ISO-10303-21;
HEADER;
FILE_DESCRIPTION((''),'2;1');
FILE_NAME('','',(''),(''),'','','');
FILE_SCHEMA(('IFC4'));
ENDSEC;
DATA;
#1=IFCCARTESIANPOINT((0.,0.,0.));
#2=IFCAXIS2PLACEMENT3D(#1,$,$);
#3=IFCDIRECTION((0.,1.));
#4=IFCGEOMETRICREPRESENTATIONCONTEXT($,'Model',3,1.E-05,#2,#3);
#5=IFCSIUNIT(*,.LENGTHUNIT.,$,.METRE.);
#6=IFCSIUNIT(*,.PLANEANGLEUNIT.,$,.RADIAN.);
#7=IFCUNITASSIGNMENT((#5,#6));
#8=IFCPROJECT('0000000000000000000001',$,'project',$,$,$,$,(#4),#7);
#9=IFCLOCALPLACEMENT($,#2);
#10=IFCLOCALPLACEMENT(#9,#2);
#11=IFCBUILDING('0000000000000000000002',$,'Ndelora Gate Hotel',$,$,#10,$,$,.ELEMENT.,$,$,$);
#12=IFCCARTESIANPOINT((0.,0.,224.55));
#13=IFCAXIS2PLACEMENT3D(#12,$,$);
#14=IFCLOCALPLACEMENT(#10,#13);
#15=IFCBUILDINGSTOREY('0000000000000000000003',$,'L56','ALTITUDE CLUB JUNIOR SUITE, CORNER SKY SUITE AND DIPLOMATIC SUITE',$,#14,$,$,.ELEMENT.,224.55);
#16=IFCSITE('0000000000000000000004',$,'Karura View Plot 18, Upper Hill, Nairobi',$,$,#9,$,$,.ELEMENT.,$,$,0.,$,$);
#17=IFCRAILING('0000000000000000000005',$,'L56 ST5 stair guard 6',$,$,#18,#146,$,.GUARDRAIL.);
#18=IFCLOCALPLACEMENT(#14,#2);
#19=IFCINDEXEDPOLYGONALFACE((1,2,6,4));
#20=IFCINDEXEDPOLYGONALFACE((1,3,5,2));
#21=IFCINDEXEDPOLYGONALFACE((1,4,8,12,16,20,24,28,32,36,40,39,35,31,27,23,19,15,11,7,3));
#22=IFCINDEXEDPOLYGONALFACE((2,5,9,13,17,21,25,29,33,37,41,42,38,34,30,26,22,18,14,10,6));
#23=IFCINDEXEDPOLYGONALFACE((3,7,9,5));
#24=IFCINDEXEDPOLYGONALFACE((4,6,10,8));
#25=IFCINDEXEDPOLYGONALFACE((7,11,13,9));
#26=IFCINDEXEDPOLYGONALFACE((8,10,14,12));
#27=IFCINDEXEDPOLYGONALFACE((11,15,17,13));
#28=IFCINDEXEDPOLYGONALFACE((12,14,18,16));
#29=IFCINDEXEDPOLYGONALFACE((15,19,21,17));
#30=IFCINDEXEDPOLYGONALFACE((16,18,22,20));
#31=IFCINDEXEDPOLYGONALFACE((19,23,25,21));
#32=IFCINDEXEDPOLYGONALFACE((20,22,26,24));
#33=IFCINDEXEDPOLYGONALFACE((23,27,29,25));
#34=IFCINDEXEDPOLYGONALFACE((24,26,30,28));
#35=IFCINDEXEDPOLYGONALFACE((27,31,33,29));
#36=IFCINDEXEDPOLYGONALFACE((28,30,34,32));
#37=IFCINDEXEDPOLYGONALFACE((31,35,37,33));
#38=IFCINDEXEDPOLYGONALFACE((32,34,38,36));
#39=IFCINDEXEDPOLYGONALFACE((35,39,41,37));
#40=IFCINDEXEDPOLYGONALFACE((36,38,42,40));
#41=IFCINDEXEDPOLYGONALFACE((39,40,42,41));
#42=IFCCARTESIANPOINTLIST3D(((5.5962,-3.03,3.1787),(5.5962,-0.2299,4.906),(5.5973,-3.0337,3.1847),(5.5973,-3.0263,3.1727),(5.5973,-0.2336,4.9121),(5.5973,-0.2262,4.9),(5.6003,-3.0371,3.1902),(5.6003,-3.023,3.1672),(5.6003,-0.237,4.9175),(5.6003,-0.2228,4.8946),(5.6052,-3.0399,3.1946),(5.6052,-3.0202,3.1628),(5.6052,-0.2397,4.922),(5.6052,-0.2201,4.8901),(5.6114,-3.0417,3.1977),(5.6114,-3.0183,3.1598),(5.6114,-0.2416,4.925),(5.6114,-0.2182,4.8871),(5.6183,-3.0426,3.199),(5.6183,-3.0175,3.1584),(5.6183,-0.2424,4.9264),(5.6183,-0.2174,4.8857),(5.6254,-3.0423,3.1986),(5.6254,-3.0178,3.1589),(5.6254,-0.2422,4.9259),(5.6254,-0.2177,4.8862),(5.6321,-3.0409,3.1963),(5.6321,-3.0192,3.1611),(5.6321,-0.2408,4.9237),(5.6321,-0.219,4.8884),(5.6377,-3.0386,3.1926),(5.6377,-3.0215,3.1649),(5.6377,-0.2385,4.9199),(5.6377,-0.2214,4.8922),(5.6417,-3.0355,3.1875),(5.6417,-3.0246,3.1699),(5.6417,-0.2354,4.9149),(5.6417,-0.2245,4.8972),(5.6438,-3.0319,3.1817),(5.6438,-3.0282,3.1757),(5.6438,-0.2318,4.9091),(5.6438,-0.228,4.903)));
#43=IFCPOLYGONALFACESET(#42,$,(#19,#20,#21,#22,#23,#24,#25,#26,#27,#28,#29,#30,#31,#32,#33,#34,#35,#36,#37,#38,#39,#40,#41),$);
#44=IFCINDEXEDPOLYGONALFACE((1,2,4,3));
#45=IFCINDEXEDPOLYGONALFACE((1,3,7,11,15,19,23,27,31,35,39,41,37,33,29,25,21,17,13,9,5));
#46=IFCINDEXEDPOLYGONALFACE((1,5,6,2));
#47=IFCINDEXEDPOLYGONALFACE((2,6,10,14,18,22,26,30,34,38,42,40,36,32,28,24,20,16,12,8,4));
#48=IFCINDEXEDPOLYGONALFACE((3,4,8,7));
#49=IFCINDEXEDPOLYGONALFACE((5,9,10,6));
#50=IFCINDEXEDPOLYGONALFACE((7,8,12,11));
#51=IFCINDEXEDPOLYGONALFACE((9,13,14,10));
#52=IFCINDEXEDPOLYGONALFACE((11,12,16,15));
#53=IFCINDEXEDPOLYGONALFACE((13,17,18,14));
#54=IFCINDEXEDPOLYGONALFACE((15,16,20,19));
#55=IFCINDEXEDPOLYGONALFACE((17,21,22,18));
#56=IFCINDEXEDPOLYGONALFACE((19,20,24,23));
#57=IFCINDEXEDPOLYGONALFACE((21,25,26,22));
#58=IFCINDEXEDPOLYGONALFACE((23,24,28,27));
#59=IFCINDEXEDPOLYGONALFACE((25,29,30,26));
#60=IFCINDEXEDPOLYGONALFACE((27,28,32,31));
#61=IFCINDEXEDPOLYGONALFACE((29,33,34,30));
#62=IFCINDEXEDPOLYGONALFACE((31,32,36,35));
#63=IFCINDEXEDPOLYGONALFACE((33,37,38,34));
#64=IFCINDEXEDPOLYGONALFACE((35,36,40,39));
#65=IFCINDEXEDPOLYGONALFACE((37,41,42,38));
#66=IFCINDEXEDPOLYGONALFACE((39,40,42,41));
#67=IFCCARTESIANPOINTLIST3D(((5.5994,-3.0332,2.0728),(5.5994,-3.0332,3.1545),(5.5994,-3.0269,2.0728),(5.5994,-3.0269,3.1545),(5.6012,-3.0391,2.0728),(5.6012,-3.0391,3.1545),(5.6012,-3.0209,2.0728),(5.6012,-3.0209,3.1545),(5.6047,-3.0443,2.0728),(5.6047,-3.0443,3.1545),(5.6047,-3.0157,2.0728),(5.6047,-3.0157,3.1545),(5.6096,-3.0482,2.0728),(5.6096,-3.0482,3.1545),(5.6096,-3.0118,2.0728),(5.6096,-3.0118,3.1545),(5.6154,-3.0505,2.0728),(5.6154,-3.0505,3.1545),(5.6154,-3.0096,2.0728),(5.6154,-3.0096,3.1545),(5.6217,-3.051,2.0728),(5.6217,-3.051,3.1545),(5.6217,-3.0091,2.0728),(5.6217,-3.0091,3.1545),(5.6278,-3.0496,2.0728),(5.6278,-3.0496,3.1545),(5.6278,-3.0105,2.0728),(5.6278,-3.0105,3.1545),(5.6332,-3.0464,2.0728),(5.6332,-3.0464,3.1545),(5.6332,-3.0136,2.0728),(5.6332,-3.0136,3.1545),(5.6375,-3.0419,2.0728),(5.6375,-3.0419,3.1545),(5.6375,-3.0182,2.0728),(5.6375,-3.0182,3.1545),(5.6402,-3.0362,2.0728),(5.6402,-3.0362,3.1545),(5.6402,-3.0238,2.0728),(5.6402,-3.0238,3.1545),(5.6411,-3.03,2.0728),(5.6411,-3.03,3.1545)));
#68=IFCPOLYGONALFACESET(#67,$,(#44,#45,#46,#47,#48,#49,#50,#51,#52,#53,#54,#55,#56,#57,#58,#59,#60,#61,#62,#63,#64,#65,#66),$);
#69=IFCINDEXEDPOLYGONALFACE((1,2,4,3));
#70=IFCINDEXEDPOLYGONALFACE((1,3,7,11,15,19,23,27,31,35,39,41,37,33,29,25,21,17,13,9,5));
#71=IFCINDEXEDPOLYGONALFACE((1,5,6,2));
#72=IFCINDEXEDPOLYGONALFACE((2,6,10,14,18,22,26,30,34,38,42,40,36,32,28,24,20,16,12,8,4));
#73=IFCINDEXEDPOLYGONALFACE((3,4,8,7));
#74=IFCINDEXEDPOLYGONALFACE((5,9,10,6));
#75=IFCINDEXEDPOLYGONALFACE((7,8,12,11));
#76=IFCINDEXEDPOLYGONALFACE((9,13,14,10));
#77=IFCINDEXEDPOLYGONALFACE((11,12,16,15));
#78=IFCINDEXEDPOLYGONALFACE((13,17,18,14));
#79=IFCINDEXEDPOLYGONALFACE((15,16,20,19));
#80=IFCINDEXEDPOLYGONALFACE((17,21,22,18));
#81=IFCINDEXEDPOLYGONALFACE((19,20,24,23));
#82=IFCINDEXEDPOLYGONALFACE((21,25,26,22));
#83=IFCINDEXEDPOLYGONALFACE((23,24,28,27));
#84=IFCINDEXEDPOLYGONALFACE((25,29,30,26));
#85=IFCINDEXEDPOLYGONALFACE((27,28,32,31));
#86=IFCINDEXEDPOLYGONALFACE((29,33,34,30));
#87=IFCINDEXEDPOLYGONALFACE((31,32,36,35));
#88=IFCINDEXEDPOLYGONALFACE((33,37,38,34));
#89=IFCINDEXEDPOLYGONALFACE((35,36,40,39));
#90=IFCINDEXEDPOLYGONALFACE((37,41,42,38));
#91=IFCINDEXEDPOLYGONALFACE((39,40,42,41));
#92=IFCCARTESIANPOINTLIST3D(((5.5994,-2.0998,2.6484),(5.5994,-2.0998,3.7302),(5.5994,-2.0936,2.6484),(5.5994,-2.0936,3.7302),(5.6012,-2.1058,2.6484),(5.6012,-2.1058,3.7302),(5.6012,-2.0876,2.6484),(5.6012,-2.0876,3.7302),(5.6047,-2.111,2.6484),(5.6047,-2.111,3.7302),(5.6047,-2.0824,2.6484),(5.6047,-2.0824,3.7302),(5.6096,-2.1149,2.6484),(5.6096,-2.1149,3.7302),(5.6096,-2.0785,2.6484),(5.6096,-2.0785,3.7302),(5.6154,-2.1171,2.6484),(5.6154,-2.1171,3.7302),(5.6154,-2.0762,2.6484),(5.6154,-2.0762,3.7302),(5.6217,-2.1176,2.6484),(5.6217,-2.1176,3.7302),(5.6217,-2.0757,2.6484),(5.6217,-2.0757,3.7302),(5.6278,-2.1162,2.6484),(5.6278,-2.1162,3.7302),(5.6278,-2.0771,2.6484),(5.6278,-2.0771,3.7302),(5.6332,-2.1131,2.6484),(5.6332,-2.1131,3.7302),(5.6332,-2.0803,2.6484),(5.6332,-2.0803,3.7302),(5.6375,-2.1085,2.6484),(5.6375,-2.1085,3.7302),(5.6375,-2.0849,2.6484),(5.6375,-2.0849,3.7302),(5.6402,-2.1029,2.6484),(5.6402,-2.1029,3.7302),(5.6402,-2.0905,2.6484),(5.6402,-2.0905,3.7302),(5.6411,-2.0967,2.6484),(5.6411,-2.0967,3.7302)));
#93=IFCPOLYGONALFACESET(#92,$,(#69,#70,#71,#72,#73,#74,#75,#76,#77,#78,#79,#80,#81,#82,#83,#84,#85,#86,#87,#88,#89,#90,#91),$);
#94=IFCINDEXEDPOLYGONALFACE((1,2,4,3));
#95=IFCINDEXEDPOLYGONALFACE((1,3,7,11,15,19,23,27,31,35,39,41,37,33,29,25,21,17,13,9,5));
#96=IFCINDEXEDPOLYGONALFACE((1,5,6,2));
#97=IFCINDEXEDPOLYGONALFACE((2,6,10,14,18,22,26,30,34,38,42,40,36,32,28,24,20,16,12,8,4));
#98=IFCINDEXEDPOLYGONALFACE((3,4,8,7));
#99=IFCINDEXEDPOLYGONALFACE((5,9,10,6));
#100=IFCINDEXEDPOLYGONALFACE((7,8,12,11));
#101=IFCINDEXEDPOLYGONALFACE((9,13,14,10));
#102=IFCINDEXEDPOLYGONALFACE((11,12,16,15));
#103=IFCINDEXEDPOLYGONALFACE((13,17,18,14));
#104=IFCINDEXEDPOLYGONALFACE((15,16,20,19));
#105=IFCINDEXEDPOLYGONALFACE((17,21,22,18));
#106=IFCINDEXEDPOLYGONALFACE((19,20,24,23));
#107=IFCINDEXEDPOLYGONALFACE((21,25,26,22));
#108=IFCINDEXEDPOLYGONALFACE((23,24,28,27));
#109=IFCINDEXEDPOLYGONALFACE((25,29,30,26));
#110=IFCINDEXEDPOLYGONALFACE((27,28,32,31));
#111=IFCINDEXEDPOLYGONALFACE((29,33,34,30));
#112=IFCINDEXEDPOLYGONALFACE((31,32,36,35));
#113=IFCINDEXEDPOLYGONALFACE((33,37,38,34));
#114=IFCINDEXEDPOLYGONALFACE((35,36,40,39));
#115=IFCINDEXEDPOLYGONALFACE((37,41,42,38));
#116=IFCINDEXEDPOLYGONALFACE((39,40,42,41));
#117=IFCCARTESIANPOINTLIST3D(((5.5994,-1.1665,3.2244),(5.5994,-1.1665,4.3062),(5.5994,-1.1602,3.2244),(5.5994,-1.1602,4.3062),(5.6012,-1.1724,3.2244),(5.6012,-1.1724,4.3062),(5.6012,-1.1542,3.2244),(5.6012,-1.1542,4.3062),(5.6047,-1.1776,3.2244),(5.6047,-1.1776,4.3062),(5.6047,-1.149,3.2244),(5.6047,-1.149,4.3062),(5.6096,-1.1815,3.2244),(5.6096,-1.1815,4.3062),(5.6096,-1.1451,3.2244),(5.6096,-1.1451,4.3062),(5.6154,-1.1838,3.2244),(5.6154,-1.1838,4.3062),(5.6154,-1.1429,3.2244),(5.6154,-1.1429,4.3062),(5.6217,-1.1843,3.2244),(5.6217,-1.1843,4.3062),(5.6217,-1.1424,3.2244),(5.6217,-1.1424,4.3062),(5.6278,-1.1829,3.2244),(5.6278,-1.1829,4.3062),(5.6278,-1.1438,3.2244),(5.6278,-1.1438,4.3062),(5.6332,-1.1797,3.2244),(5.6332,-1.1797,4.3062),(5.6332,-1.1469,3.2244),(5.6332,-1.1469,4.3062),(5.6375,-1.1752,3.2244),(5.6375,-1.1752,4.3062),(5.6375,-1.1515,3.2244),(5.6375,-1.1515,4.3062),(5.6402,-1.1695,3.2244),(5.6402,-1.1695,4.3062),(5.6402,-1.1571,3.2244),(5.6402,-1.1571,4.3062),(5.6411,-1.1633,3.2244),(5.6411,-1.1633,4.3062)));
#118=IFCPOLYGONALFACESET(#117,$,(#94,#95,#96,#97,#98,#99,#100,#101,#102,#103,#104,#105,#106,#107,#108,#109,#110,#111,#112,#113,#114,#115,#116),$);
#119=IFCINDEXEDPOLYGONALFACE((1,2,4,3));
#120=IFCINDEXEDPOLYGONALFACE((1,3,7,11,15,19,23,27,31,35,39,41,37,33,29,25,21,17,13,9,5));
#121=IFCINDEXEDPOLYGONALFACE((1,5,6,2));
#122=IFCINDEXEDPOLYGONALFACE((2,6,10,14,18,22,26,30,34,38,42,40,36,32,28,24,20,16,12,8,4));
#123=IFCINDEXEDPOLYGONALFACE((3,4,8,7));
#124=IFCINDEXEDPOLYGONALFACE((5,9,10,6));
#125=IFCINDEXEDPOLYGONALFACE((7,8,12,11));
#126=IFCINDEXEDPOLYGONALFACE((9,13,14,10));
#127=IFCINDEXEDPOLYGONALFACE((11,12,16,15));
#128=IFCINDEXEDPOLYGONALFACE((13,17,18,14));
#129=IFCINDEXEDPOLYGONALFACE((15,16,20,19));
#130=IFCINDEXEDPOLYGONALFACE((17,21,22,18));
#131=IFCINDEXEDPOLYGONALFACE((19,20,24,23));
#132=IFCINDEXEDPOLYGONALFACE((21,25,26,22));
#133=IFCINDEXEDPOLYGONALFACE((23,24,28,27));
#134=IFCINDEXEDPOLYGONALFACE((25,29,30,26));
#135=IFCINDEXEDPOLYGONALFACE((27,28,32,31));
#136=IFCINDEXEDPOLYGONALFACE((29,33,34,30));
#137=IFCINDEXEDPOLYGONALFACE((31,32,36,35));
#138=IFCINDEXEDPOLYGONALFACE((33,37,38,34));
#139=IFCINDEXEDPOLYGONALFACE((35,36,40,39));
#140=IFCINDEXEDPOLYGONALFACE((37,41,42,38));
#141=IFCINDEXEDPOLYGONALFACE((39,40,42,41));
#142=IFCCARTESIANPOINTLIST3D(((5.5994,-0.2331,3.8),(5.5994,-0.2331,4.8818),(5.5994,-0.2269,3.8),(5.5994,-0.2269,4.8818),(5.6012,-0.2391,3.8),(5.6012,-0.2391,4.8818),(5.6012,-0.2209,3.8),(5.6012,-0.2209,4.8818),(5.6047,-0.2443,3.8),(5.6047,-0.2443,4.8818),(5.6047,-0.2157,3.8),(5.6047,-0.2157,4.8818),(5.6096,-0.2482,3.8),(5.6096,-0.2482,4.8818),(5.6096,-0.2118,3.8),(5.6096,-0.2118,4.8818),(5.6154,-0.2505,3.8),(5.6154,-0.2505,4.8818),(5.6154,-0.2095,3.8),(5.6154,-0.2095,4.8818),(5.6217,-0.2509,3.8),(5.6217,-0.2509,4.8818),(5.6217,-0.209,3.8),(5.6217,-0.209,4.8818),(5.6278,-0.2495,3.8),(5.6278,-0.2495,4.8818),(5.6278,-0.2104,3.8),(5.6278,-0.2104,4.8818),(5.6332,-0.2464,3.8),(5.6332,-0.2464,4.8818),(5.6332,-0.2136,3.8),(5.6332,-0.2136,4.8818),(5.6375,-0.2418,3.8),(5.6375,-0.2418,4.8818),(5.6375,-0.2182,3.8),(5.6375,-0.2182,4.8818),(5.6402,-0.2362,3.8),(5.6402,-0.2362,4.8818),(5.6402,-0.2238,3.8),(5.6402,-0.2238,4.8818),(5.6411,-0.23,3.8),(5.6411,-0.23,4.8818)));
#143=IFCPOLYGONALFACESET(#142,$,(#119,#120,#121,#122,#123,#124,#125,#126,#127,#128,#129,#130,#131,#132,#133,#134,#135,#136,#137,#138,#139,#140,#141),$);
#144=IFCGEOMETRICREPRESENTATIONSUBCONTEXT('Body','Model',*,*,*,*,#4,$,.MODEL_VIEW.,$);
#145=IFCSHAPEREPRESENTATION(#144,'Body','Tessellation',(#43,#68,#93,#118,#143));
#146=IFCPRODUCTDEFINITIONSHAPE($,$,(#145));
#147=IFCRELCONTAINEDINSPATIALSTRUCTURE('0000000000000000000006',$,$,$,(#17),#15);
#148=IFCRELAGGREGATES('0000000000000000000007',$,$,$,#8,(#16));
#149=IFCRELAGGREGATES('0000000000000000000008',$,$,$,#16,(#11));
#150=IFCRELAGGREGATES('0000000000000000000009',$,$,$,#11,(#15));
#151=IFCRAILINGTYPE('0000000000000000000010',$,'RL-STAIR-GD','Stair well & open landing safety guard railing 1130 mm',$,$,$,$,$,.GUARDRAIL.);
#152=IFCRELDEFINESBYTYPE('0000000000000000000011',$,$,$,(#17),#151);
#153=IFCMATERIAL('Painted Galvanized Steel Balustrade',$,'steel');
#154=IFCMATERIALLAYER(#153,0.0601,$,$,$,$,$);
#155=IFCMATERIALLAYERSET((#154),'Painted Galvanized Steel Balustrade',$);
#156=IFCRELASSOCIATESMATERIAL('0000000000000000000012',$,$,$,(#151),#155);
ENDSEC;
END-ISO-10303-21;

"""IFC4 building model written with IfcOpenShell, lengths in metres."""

from ifc_helpers import new_model, si_unit, direction, frame, origin, origin_2d, place, context, subcontext, project, spatial, circle, extrude, material, layer, layer_set, type_object, element, save


model = new_model("IFC4")

# Units and contexts
model_context = context("Model", 3, precision=1e-05, world=origin(), true_north=direction((0.0, 1.0)))
body_context = subcontext(model_context, "Body", "Model", "MODEL_VIEW")
ifc_project = project(units=[si_unit("LENGTHUNIT", "METRE"), si_unit("PLANEANGLEUNIT", "RADIAN")], contexts=[model_context])

# Site, building, storey
site_placement = place(None, origin())
site = spatial("IfcSite", under=ifc_project, at=site_placement, Name="Karura View Plot 18, Upper Hill, Nairobi", CompositionType="ELEMENT", RefElevation=0.0)
building_placement = place(site_placement, origin())
building = spatial("IfcBuilding", under=site, at=building_placement, Name="Ndelora Gate Hotel", CompositionType="ELEMENT")
storey_placement = place(building_placement, frame((0.0, 0.0, 224.55)))
storey = spatial("IfcBuildingStorey", under=building, at=storey_placement, Name="L56", Description="ALTITUDE CLUB JUNIOR SUITE, CORNER SKY SUITE AND DIPLOMATIC SUITE", CompositionType="ELEMENT", Elevation=224.55)

# Railing
ifc_material_1 = material(Name="Painted Galvanized Steel Balustrade", Category="steel")
ifc_layer_1 = layer(ifc_material_1, 0.0601)
ifc_layer_set_1 = layer_set([ifc_layer_1], Name="Painted Galvanized Steel Balustrade")
railing_type_1 = type_object("IfcRailingType", Name="RL-STAIR-GD", Description="Stair well & open landing safety guard railing 1130 mm", PredefinedType="GUARDRAIL", material=ifc_layer_set_1)
railing_1_placement = place(storey_placement, frame((5.6201, -3.03, 2.0728)))
element("IfcRailing", 1, at=railing_1_placement, inside=storey, type_object=railing_type_1, Name="L56 ST5 stair guard 6", PredefinedType="GUARDRAIL", context=body_context, shape_type="SweptSolid", body=[
    extrude(circle(Radius=0.0239, at=origin_2d()), frame((0.0, 0.0, 1.106), z_axis=(0.0, 0.85109, 0.52502), x_axis=(-1.0, 0.0, 0.0)), (0.0, 0.0, 1.0), 3.29),
    extrude(circle(Radius=0.021, at=origin_2d()), origin(), (0.0, 0.0, 1.0), 1.0818),
    extrude(circle(Radius=0.021, at=origin_2d()), frame((0.0, 0.9333, 0.5757)), (0.0, 0.0, 1.0), 1.0818),
    extrude(circle(Radius=0.021, at=origin_2d()), frame((0.0, 1.8667, 1.1516)), (0.0, 0.0, 1.0), 1.0818),
    extrude(circle(Radius=0.021, at=origin_2d()), frame((0.0, 2.8, 1.7273)), (0.0, 0.0, 1.0), 1.0818),
])

save(model, "model.ifc")
